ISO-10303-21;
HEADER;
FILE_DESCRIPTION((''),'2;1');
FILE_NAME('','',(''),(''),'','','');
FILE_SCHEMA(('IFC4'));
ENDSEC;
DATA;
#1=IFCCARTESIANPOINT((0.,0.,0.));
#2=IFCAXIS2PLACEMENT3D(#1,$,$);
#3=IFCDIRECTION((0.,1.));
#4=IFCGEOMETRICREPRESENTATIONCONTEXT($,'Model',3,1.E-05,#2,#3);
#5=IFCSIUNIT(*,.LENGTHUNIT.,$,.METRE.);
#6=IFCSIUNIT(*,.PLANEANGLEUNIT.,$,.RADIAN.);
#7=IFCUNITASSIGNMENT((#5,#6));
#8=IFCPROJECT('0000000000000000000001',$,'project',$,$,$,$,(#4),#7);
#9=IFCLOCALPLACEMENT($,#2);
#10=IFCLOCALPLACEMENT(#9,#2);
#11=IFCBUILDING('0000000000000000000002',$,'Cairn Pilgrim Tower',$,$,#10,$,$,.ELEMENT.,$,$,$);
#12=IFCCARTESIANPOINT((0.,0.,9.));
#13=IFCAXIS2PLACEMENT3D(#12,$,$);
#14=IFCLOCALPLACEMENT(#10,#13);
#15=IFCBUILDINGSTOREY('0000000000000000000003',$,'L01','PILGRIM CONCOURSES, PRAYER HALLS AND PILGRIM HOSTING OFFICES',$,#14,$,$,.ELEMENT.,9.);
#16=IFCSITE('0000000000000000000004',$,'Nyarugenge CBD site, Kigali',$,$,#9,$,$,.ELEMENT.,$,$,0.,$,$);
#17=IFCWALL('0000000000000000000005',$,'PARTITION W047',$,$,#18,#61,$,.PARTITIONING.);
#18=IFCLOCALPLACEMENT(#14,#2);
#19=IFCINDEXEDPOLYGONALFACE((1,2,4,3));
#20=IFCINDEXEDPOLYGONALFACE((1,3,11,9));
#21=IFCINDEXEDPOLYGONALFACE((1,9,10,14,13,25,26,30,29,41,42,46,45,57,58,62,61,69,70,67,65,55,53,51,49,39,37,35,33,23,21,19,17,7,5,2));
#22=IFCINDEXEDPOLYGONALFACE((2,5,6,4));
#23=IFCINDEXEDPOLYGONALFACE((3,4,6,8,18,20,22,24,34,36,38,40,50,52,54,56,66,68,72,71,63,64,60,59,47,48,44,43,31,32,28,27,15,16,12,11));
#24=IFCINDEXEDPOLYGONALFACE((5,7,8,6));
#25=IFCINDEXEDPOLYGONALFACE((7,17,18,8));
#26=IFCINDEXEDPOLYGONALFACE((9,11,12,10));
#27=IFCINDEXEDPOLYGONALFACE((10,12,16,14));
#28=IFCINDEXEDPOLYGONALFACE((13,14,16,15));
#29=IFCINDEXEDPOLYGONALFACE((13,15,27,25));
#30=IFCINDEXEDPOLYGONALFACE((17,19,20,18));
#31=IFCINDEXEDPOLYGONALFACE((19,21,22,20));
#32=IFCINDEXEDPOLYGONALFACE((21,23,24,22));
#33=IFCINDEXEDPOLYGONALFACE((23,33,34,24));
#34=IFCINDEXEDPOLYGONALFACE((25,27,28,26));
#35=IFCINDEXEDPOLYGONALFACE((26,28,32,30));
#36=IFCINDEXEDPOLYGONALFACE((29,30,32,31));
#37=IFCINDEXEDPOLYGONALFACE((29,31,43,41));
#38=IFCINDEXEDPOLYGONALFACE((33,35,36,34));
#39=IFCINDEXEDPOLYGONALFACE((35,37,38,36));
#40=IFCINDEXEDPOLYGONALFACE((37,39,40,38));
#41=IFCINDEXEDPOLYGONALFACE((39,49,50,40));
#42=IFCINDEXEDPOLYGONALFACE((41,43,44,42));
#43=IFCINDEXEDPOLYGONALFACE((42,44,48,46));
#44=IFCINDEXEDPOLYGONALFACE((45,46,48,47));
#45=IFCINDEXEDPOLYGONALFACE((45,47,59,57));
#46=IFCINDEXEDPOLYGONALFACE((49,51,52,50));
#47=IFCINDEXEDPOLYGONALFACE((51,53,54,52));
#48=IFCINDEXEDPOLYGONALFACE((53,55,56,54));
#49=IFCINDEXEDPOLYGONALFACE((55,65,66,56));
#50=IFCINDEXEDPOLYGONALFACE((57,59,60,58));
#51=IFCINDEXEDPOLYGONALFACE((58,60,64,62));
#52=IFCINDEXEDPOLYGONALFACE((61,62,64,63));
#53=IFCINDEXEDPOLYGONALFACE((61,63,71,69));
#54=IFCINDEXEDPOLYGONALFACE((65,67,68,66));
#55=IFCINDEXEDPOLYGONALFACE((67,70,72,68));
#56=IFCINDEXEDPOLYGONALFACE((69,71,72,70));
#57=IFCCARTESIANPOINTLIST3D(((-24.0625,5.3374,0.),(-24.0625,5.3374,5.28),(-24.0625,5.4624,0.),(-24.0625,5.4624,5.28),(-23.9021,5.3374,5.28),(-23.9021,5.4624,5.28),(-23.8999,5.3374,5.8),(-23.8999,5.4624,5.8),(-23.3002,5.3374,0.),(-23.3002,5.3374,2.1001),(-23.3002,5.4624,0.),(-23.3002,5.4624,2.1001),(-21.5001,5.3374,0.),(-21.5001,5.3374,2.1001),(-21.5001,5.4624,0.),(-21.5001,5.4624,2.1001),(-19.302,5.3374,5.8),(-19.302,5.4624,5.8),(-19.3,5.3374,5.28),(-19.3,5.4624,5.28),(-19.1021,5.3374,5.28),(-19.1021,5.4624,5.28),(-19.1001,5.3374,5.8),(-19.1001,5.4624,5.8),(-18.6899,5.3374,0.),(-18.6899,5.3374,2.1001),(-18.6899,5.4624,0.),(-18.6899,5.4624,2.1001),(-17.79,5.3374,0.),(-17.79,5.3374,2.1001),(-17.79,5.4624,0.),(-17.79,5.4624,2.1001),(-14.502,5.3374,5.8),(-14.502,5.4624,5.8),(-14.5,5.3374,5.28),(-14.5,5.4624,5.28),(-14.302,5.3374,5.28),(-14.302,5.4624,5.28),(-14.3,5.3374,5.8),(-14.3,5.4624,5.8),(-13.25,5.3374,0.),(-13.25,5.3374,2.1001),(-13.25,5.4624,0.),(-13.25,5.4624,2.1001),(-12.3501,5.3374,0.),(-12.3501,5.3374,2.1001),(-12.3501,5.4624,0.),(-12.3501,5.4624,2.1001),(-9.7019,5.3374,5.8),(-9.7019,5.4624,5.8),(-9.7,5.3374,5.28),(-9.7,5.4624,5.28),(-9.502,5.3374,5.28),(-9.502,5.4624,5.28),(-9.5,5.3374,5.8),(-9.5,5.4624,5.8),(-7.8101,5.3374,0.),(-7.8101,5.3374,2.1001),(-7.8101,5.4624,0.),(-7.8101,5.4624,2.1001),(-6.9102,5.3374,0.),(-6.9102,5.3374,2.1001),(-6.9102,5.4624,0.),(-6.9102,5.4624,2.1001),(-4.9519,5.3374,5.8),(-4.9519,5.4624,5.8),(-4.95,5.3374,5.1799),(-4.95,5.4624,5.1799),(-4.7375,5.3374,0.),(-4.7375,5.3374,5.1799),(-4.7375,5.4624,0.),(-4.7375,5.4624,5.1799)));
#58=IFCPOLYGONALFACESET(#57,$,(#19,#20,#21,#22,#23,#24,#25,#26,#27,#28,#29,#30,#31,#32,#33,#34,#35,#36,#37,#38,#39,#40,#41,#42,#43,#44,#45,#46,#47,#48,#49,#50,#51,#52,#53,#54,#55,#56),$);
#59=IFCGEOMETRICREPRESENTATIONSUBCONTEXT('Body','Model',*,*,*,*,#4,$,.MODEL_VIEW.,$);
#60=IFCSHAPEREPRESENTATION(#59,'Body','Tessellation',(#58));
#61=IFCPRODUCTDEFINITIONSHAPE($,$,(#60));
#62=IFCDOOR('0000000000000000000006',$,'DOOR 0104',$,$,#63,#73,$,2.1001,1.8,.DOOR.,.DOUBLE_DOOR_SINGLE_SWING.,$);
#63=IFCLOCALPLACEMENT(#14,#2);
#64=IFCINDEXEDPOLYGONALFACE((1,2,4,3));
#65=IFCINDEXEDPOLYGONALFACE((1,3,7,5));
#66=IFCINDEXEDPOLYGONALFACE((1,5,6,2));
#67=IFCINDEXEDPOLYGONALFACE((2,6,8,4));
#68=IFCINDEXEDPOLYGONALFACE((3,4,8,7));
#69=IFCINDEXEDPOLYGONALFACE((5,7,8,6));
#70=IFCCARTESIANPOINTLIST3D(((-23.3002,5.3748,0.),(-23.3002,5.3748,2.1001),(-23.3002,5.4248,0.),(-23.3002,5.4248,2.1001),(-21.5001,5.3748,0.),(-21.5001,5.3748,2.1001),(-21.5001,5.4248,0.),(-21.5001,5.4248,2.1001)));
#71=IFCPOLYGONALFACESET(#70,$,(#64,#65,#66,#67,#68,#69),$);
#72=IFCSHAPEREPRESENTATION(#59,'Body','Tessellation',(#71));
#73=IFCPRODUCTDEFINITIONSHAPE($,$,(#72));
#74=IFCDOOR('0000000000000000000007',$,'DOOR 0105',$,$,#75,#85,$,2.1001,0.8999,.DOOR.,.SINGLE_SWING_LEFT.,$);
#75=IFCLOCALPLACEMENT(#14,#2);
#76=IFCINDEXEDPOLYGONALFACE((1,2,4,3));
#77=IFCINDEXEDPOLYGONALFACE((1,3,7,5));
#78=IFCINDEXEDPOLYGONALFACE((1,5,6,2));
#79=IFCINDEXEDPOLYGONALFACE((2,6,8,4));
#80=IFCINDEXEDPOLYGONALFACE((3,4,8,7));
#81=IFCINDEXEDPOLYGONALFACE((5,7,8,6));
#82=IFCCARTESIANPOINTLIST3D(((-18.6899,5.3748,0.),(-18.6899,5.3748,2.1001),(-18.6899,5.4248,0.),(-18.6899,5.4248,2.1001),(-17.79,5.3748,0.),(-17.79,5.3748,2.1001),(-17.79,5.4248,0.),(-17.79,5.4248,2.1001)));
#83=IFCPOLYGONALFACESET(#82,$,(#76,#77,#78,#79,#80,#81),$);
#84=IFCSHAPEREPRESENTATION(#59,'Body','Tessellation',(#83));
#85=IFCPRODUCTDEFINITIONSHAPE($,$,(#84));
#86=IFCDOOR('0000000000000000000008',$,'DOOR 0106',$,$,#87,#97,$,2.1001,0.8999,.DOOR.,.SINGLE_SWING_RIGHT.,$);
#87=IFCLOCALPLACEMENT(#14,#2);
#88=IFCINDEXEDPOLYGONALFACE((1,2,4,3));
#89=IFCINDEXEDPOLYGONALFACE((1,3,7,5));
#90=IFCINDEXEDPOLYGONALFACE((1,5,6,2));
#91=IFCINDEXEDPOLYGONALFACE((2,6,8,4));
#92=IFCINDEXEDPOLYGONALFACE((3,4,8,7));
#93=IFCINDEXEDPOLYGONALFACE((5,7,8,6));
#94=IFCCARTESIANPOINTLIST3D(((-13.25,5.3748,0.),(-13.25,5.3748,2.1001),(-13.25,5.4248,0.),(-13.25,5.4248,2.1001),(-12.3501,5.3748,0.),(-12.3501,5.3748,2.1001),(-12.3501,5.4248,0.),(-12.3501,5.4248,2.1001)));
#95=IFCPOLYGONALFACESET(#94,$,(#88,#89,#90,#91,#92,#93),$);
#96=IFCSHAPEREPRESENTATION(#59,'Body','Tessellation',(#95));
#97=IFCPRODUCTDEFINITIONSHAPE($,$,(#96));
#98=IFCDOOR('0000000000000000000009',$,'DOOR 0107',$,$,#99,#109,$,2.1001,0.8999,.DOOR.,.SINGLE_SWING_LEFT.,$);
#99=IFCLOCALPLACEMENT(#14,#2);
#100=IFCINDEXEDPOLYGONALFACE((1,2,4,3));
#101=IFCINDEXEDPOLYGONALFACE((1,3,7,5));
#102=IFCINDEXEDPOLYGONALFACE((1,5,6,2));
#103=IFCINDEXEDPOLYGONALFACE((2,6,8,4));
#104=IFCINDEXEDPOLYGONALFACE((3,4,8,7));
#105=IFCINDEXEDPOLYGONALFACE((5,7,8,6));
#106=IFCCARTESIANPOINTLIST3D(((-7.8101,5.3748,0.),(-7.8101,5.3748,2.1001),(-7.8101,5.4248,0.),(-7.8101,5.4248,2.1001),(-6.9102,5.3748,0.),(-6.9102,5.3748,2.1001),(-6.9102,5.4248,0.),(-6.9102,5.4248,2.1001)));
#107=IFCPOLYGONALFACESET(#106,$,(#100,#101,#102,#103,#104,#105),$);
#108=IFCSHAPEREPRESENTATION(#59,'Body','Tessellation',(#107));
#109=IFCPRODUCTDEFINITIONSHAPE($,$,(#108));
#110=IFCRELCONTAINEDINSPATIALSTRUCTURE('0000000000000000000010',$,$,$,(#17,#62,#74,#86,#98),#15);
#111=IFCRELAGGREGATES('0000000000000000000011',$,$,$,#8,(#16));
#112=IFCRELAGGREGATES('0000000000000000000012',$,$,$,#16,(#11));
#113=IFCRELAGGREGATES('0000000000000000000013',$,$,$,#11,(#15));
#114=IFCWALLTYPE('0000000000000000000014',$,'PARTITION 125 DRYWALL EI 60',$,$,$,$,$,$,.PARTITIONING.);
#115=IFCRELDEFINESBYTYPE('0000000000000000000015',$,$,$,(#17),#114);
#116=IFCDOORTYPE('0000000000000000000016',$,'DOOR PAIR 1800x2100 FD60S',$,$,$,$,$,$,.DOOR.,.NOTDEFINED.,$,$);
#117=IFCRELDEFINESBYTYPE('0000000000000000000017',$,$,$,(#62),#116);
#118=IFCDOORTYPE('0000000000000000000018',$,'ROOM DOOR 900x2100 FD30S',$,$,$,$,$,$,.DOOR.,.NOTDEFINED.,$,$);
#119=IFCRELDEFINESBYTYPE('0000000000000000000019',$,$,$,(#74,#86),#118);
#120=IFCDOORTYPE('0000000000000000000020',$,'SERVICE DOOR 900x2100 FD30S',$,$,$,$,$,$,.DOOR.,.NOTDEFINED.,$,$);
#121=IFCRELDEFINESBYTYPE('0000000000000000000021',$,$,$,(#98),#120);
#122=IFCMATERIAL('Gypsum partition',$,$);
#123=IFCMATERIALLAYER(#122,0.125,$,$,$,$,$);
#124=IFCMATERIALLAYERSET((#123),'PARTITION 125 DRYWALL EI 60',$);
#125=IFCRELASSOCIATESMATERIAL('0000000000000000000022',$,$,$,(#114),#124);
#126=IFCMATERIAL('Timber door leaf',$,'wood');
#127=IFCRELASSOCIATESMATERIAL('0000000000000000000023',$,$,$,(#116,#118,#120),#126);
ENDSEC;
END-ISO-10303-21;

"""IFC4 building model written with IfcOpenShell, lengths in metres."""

from ifc_helpers import new_model, si_unit, direction, frame, frame_2d, origin, place, context, subcontext, project, spatial, polyline, rectangle, outline, extrude, material, layer, layer_set, type_object, element, fill, save


model = new_model("IFC4")

# Units and contexts
model_context = context("Model", 3, precision=1e-05, world=origin(), true_north=direction((0.0, 1.0)))
body_context = subcontext(model_context, "Body", "Model", "MODEL_VIEW")
ifc_project = project(units=[si_unit("LENGTHUNIT", "METRE"), si_unit("PLANEANGLEUNIT", "RADIAN")], contexts=[model_context])

# Site, building, storey
site_placement = place(None, origin())
site = spatial("IfcSite", under=ifc_project, at=site_placement, Name="Nyarugenge CBD site, Kigali", CompositionType="ELEMENT", RefElevation=0.0)
building_placement = place(site_placement, origin())
building = spatial("IfcBuilding", under=site, at=building_placement, Name="Cairn Pilgrim Tower", CompositionType="ELEMENT")
storey_placement = place(building_placement, frame((0.0, 0.0, 9.0)))
storey = spatial("IfcBuildingStorey", under=building, at=storey_placement, Name="L01", Description="PILGRIM CONCOURSES, PRAYER HALLS AND PILGRIM HOSTING OFFICES", CompositionType="ELEMENT", Elevation=9.0)

# Shared definitions
ifc_material_1 = material(Name="Gypsum partition")
ifc_layer_1 = layer(ifc_material_1, 0.125)
ifc_layer_set_1 = layer_set([ifc_layer_1], Name="PARTITION 125 DRYWALL EI 60")
wall_type_1 = type_object("IfcWallType", Name="PARTITION 125 DRYWALL EI 60", PredefinedType="PARTITIONING", material=ifc_layer_set_1)

# Wall, openings, doors
wall_1_placement = place(storey_placement, frame((-24.0625, 5.3999, 0.0), z_axis=(0.0, 0.0, 1.0), x_axis=(1.0, 0.0, 0.0)))
wall_1 = element("IfcWall", 1, at=wall_1_placement, inside=storey, type_object=wall_type_1, Name="PARTITION W047", PredefinedType="PARTITIONING", context=body_context, shape_type="SweptSolid", body=[
    extrude(outline(polyline([(0.0, 0.0), (19.325, 0.0), (19.325, 5.1799), (19.1125, 5.1799), (19.1106, 5.8), (14.5625, 5.8), (14.5605, 5.28), (14.3625, 5.28), (14.3606, 5.8), (9.7625, 5.8), (9.7605, 5.28), (9.5625, 5.28), (9.5605, 5.8), (4.9624, 5.8), (4.9604, 5.28), (4.7625, 5.28), (4.7605, 5.8), (0.1626, 5.8), (0.1604, 5.28), (0.0, 5.28), (0.0, 0.0)])), frame((0.0, 0.0625, 0.0), z_axis=(0.0, -1.0, 0.0), x_axis=(1.0, 0.0, 0.0)), (0.0, 0.0, 1.0), 0.125),
])
opening_1_placement = place(wall_1_placement, frame((0.7625, 0.0, 0.0)))
opening_1 = element("IfcOpeningElement", 2, at=opening_1_placement, cuts=wall_1, PredefinedType="OPENING", context=body_context, shape_type="SweptSolid", body=[
    extrude(rectangle(XDim=1.8, YDim=2.1001, at=frame_2d((0.8999, 1.05))), frame((0.0, 0.0725, 0.0), z_axis=(0.0, -1.0, 0.0), x_axis=(1.0, 0.0, 0.0)), (0.0, 0.0, 1.0), 0.145),
])
opening_2_placement = place(wall_1_placement, frame((5.3726, 0.0, 0.0)))
opening_2 = element("IfcOpeningElement", 3, at=opening_2_placement, cuts=wall_1, PredefinedType="OPENING", context=body_context, shape_type="SweptSolid", body=[
    extrude(rectangle(XDim=0.8999, YDim=2.1001, at=frame_2d((0.45, 1.05))), frame((0.0, 0.0725, 0.0), z_axis=(0.0, -1.0, 0.0), x_axis=(1.0, 0.0, 0.0)), (0.0, 0.0, 1.0), 0.145),
])
opening_3_placement = place(wall_1_placement, frame((10.8125, 0.0, 0.0)))
opening_3 = element("IfcOpeningElement", 4, at=opening_3_placement, cuts=wall_1, PredefinedType="OPENING", context=body_context, shape_type="SweptSolid", body=[
    extrude(rectangle(XDim=0.8999, YDim=2.1001, at=frame_2d((0.45, 1.05))), frame((0.0, 0.0725, 0.0), z_axis=(0.0, -1.0, 0.0), x_axis=(1.0, 0.0, 0.0)), (0.0, 0.0, 1.0), 0.145),
])
opening_4_placement = place(wall_1_placement, frame((16.2524, 0.0, 0.0)))
opening_4 = element("IfcOpeningElement", 5, at=opening_4_placement, cuts=wall_1, PredefinedType="OPENING", context=body_context, shape_type="SweptSolid", body=[
    extrude(rectangle(XDim=0.8999, YDim=2.1001, at=frame_2d((0.45, 1.05))), frame((0.0, 0.0725, 0.0), z_axis=(0.0, -1.0, 0.0), x_axis=(1.0, 0.0, 0.0)), (0.0, 0.0, 1.0), 0.145),
])
ifc_material_2 = material(Name="Timber door leaf", Category="wood")
door_type_1 = type_object("IfcDoorType", Name="DOOR PAIR 1800x2100 FD60S", OperationType="NOTDEFINED", PredefinedType="DOOR", material=ifc_material_2)
door_1_placement = place(opening_1_placement, origin())
door_1 = element("IfcDoor", 6, at=door_1_placement, inside=storey, type_object=door_type_1, Name="DOOR 0104", OperationType="DOUBLE_DOOR_SINGLE_SWING", OverallHeight=2.1001, OverallWidth=1.8, PredefinedType="DOOR", context=body_context, shape_type="SweptSolid", body=[
    extrude(rectangle(XDim=1.8, YDim=2.1001, at=frame_2d((0.8999, 1.05))), frame((0.0, 0.0249, 0.0), z_axis=(0.0, -1.0, 0.0), x_axis=(1.0, 0.0, 0.0)), (0.0, 0.0, 1.0), 0.05),
])
fill(opening_1, door_1)
door_type_2 = type_object("IfcDoorType", Name="ROOM DOOR 900x2100 FD30S", OperationType="NOTDEFINED", PredefinedType="DOOR", material=ifc_material_2)
door_2_placement = place(opening_2_placement, origin())
door_2 = element("IfcDoor", 7, at=door_2_placement, inside=storey, type_object=door_type_2, Name="DOOR 0105", OperationType="SINGLE_SWING_LEFT", OverallHeight=2.1001, OverallWidth=0.8999, PredefinedType="DOOR", context=body_context, shape_type="SweptSolid", body=[
    extrude(rectangle(XDim=0.8999, YDim=2.1001, at=frame_2d((0.45, 1.05))), frame((0.0, 0.0249, 0.0), z_axis=(0.0, -1.0, 0.0), x_axis=(1.0, 0.0, 0.0)), (0.0, 0.0, 1.0), 0.05),
])
fill(opening_2, door_2)
door_3_placement = place(opening_3_placement, origin())
door_3 = element("IfcDoor", 8, at=door_3_placement, inside=storey, type_object=door_type_2, Name="DOOR 0106", OperationType="SINGLE_SWING_RIGHT", OverallHeight=2.1001, OverallWidth=0.8999, PredefinedType="DOOR", context=body_context, shape_type="SweptSolid", body=[
    extrude(rectangle(XDim=0.8999, YDim=2.1001, at=frame_2d((0.45, 1.05))), frame((0.0, 0.0249, 0.0), z_axis=(0.0, -1.0, 0.0), x_axis=(1.0, 0.0, 0.0)), (0.0, 0.0, 1.0), 0.05),
])
fill(opening_3, door_3)
door_type_3 = type_object("IfcDoorType", Name="SERVICE DOOR 900x2100 FD30S", OperationType="NOTDEFINED", PredefinedType="DOOR", material=ifc_material_2)
door_4_placement = place(opening_4_placement, origin())
door_4 = element("IfcDoor", 9, at=door_4_placement, inside=storey, type_object=door_type_3, Name="DOOR 0107", OperationType="SINGLE_SWING_LEFT", OverallHeight=2.1001, OverallWidth=0.8999, PredefinedType="DOOR", context=body_context, shape_type="SweptSolid", body=[
    extrude(rectangle(XDim=0.8999, YDim=2.1001, at=frame_2d((0.45, 1.05))), frame((0.0, 0.0249, 0.0), z_axis=(0.0, -1.0, 0.0), x_axis=(1.0, 0.0, 0.0)), (0.0, 0.0, 1.0), 0.05),
])
fill(opening_4, door_4)

save(model, "model.ifc")
